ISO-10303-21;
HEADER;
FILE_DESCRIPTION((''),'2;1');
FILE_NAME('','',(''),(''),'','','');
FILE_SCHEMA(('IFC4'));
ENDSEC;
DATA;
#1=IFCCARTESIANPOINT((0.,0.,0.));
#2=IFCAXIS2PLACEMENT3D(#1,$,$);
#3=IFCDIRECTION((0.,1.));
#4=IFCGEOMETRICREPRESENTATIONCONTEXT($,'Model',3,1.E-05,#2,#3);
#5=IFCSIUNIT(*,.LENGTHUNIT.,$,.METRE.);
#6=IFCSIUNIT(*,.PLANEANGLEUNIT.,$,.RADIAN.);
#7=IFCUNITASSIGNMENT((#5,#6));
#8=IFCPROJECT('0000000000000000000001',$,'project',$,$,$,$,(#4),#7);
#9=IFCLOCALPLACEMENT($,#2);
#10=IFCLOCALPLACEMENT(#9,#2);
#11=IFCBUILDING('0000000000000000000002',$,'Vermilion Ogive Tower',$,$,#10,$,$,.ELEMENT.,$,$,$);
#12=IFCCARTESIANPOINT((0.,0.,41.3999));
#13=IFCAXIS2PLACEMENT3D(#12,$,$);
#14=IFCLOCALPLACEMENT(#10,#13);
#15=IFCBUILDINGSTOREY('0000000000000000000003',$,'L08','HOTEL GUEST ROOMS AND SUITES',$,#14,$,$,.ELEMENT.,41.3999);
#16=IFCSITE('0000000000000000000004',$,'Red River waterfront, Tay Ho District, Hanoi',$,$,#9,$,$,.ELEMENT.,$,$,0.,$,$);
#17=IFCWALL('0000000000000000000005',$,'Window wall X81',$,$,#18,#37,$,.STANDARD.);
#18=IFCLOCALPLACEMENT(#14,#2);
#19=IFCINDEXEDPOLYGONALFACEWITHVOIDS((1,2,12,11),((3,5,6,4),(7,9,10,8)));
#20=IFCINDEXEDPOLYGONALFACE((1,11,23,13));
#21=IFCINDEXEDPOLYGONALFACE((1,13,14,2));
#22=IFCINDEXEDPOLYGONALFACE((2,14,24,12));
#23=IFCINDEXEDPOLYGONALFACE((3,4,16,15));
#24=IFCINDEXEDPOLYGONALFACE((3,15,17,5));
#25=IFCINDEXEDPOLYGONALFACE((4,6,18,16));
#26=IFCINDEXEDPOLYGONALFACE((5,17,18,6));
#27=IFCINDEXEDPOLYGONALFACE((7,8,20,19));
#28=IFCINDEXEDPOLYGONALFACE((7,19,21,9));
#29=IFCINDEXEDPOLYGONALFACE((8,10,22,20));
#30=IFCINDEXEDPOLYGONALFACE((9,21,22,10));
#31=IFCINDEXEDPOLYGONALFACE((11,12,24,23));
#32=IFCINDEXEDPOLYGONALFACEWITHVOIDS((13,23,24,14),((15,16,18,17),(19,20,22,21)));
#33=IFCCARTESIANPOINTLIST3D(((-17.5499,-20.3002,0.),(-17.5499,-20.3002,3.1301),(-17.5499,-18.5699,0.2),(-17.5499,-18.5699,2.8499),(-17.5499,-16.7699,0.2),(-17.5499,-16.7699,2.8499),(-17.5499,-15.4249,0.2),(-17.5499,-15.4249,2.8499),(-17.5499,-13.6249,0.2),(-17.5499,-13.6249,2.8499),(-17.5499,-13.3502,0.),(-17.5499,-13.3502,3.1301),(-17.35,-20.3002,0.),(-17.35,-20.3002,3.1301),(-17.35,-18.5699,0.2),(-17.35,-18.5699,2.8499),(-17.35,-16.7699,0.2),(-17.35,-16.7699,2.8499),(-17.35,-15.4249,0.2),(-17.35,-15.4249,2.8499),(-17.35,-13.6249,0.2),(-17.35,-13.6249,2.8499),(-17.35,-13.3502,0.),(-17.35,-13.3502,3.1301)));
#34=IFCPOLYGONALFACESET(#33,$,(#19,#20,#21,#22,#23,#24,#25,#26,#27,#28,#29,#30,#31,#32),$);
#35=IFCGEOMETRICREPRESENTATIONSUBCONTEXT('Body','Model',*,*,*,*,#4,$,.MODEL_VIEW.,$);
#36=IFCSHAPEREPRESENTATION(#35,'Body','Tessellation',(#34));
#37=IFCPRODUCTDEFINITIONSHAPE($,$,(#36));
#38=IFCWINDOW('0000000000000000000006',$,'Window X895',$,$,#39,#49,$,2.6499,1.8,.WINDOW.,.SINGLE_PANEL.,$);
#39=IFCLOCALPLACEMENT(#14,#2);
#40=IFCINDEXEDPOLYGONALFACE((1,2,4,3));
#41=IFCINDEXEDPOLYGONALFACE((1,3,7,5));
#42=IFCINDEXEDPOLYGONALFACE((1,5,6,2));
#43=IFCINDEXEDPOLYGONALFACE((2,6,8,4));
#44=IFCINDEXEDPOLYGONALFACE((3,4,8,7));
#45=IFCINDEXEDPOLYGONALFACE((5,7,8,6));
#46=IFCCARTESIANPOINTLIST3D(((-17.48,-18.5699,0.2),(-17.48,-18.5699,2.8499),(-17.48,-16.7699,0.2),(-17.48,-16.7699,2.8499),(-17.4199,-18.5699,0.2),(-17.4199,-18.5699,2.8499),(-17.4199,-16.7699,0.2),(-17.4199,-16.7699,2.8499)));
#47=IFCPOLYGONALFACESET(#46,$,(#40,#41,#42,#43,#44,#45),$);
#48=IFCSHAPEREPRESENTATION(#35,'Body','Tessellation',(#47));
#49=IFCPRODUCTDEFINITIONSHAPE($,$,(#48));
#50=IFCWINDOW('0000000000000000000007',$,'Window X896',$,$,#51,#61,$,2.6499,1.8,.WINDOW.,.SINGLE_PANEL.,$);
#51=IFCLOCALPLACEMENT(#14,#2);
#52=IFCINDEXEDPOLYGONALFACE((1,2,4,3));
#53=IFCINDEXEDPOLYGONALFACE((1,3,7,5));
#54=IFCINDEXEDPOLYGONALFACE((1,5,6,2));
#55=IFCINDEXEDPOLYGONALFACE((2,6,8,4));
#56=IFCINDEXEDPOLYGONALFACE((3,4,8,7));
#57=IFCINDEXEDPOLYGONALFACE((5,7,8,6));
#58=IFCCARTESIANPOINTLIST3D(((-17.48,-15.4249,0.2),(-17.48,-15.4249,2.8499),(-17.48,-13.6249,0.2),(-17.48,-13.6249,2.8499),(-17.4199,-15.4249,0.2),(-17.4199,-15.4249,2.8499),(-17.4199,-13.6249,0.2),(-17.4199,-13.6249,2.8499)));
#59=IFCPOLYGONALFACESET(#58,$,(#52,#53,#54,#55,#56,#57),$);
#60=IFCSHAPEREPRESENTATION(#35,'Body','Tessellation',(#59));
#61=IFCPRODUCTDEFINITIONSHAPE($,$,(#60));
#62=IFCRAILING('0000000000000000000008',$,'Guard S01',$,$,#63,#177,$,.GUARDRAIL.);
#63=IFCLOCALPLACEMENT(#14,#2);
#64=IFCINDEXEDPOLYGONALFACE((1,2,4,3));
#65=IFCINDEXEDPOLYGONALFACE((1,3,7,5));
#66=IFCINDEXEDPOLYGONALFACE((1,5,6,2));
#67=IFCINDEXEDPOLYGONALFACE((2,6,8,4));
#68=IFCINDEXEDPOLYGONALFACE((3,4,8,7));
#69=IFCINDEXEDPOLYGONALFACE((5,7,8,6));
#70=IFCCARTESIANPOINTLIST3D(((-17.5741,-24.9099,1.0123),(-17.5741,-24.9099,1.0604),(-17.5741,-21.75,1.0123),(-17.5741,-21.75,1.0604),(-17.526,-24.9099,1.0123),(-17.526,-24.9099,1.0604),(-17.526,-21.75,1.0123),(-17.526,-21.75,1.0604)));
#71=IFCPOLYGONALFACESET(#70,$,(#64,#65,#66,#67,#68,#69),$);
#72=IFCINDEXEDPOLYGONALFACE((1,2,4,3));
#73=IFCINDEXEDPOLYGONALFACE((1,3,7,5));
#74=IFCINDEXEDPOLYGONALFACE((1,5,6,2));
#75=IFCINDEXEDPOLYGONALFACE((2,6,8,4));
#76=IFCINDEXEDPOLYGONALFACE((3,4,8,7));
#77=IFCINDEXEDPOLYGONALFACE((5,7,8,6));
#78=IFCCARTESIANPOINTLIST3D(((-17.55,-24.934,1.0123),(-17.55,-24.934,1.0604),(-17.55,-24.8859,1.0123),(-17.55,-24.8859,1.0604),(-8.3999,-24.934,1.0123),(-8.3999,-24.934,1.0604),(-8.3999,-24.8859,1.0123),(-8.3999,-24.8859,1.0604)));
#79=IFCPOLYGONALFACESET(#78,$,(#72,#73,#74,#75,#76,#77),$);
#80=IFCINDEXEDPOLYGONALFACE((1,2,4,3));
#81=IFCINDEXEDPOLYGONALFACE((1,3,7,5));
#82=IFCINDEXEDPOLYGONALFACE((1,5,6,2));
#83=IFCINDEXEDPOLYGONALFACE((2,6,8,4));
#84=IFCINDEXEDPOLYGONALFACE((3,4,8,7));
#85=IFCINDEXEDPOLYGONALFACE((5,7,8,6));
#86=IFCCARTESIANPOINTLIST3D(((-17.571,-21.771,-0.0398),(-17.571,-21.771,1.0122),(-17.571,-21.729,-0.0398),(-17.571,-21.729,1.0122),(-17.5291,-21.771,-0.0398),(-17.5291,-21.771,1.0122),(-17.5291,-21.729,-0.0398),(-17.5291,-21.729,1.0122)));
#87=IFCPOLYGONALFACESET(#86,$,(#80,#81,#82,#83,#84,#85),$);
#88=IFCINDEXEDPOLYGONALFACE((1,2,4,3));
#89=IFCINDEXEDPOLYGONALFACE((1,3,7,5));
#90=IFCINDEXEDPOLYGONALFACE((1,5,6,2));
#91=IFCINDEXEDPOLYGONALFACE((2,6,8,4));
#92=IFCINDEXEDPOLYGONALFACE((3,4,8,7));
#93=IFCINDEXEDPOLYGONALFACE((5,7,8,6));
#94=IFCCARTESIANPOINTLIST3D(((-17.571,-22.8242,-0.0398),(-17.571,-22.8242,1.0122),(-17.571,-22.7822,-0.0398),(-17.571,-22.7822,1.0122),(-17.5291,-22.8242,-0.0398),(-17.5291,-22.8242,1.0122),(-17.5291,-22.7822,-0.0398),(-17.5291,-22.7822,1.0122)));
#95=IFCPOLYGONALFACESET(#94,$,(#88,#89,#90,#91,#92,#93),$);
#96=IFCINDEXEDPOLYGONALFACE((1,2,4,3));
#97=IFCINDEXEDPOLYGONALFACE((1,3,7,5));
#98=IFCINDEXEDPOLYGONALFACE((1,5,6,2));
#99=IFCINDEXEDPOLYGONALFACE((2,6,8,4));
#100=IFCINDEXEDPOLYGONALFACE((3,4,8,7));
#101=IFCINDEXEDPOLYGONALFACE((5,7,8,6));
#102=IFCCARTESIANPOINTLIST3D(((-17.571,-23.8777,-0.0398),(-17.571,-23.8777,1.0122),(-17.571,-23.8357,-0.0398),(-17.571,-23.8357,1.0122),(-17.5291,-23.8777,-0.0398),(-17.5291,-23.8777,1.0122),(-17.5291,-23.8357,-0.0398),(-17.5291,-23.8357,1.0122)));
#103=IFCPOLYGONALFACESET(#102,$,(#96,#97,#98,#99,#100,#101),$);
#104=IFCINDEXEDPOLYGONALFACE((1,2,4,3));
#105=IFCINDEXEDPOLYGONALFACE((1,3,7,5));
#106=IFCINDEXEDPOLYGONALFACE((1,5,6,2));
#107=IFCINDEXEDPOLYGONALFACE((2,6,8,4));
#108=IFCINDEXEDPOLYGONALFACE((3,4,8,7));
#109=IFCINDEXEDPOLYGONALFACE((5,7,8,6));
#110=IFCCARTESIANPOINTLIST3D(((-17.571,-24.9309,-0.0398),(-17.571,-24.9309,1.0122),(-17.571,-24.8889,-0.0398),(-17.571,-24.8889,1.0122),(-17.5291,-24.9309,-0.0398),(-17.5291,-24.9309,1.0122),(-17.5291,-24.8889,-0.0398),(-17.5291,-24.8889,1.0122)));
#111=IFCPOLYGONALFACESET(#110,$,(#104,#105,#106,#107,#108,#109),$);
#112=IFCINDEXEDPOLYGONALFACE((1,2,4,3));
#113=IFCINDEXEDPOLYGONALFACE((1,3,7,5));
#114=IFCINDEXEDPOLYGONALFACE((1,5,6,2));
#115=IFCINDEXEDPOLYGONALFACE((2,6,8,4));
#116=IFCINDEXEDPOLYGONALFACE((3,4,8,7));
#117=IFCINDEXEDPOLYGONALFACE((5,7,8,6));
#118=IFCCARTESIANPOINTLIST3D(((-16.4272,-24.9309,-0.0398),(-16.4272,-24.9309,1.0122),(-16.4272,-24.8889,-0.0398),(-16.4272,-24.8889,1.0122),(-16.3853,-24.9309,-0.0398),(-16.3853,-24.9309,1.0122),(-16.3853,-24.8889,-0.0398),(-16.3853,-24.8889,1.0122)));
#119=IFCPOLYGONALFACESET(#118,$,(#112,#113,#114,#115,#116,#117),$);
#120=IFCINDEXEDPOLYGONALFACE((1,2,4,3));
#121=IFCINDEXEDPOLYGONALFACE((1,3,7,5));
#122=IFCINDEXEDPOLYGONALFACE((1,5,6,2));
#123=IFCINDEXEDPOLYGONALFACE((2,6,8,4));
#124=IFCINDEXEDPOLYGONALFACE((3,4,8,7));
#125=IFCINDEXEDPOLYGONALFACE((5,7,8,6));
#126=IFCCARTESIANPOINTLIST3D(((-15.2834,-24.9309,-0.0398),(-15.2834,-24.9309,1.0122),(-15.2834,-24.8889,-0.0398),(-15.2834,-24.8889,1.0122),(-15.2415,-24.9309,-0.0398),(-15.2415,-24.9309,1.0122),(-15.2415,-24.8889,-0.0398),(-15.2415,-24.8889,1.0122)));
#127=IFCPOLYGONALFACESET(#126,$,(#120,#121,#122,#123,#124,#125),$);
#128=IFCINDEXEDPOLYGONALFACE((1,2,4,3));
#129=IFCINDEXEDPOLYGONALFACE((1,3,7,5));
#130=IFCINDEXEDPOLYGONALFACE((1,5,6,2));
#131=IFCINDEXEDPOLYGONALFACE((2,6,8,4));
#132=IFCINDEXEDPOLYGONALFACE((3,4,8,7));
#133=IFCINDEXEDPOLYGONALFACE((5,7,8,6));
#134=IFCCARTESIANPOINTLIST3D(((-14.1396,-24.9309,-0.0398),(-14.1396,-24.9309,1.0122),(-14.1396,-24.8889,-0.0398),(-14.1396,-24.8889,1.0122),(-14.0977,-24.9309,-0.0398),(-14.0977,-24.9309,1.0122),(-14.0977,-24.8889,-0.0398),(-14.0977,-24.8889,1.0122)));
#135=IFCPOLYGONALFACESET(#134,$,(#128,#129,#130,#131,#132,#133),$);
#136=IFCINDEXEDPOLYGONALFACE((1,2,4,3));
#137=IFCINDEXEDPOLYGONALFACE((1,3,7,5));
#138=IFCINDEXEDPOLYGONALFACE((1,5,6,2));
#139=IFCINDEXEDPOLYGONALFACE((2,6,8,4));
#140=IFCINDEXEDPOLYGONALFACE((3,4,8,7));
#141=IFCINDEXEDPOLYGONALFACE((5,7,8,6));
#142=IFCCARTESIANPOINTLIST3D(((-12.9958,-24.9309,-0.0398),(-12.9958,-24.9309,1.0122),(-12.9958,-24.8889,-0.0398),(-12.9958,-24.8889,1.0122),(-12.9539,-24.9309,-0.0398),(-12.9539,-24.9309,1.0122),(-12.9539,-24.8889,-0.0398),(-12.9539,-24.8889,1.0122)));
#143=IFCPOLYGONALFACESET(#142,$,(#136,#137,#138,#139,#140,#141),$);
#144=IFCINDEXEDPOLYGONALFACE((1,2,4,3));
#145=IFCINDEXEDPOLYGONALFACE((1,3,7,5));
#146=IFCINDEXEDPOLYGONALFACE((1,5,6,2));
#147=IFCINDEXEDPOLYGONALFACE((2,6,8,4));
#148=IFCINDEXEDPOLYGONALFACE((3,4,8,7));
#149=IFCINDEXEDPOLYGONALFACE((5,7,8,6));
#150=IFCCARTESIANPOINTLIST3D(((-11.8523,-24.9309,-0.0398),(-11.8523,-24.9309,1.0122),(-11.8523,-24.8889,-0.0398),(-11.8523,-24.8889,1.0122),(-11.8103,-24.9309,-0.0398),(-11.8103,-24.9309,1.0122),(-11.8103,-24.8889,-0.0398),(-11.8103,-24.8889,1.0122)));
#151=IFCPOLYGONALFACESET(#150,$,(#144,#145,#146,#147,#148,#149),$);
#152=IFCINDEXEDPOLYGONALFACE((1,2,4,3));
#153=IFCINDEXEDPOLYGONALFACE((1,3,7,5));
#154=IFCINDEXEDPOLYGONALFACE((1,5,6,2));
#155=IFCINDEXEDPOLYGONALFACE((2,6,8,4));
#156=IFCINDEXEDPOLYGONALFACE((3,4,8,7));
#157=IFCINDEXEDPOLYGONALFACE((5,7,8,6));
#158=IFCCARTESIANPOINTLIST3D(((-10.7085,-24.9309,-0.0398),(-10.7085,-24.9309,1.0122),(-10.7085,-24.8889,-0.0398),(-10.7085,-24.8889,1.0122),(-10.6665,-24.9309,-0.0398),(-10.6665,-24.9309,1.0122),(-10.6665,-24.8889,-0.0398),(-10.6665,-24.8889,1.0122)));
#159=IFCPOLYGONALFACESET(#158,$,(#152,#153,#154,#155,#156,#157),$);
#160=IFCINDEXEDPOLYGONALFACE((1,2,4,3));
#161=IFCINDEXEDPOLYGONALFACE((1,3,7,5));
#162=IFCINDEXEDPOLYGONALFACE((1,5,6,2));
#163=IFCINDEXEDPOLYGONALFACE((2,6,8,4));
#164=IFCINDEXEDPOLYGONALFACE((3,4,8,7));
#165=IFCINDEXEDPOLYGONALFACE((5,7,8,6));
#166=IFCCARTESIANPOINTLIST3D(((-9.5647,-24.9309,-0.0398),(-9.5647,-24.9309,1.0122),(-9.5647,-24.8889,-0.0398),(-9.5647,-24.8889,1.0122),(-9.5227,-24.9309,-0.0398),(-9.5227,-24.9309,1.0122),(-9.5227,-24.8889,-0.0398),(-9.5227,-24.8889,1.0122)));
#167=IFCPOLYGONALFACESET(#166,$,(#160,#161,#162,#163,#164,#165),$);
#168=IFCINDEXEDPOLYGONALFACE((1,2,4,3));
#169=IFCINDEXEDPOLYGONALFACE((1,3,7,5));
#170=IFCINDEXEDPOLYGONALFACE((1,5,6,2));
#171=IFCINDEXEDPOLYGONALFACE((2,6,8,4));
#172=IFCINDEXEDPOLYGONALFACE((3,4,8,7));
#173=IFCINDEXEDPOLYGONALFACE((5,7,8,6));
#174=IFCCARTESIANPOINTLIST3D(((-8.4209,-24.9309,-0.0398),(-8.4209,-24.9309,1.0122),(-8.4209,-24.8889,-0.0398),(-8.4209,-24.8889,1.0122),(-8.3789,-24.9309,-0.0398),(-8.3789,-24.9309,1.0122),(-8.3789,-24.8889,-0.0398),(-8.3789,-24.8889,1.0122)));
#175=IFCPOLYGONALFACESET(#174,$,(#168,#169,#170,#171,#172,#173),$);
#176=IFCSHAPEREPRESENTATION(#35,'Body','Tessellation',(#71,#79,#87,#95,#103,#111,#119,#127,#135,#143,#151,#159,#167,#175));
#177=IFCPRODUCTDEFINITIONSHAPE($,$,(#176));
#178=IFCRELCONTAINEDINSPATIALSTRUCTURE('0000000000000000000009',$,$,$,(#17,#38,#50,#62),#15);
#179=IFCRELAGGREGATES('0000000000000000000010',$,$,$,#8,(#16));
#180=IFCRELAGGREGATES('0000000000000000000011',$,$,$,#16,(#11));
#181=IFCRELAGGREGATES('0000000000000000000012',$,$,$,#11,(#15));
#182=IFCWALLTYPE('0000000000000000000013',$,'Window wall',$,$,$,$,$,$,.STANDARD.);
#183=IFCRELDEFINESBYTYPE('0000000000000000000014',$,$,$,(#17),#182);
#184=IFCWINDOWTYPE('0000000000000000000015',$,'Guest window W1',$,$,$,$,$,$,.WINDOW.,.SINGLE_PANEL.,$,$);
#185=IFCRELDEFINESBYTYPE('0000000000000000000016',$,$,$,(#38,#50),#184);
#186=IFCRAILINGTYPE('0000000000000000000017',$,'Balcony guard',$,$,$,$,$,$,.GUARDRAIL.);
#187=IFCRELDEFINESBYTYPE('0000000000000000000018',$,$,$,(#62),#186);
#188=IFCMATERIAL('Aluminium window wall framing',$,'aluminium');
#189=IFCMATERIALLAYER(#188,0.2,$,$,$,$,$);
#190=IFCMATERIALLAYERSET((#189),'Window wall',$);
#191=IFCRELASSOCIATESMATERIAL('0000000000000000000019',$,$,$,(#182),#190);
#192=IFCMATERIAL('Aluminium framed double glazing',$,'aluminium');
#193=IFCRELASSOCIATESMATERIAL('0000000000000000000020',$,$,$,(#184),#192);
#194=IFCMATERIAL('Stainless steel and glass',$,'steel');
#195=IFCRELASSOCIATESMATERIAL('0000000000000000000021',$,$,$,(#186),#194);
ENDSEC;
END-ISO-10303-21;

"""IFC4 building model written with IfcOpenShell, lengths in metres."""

from ifc_helpers import new_model, si_unit, direction, frame, frame_2d, origin, origin_2d, place, context, subcontext, project, spatial, rectangle, extrude, material, layer, layer_set, type_object, element, fill, save


model = new_model("IFC4")

# Units and contexts
model_context = context("Model", 3, precision=1e-05, world=origin(), true_north=direction((0.0, 1.0)))
body_context = subcontext(model_context, "Body", "Model", "MODEL_VIEW")
ifc_project = project(units=[si_unit("LENGTHUNIT", "METRE"), si_unit("PLANEANGLEUNIT", "RADIAN")], contexts=[model_context])

# Site, building, storey
site_placement = place(None, origin())
site = spatial("IfcSite", under=ifc_project, at=site_placement, Name="Red River waterfront, Tay Ho District, Hanoi", CompositionType="ELEMENT", RefElevation=0.0)
building_placement = place(site_placement, origin())
building = spatial("IfcBuilding", under=site, at=building_placement, Name="Vermilion Ogive Tower", CompositionType="ELEMENT")
storey_placement = place(building_placement, frame((0.0, 0.0, 41.3999)))
storey = spatial("IfcBuildingStorey", under=building, at=storey_placement, Name="L08", Description="HOTEL GUEST ROOMS AND SUITES", CompositionType="ELEMENT", Elevation=41.3999)

# Shared definitions
ifc_material_1 = material(Name="Aluminium window wall framing", Category="aluminium")
ifc_layer_1 = layer(ifc_material_1, 0.2)
ifc_layer_set_1 = layer_set([ifc_layer_1], Name="Window wall")
wall_type_1 = type_object("IfcWallType", Name="Window wall", PredefinedType="STANDARD", material=ifc_layer_set_1)
ifc_material_2 = material(Name="Aluminium framed double glazing", Category="aluminium")
window_type = type_object("IfcWindowType", Name="Guest window W1", PartitioningType="SINGLE_PANEL", PredefinedType="WINDOW", material=ifc_material_2)

# Wall, openings, windows
wall_1_placement = place(storey_placement, frame((-17.45, -13.3501, 0.0), z_axis=(0.0, 0.0, 1.0), x_axis=(0.0, -1.0, 0.0)))
wall_1 = element("IfcWall", 1, at=wall_1_placement, inside=storey, type_object=wall_type_1, Name="Window wall X81", PredefinedType="STANDARD", context=body_context, shape_type="SweptSolid", body=[
    extrude(rectangle(XDim=6.95, YDim=0.2, at=frame_2d((3.4751, 0.0))), origin(), (0.0, 0.0, 1.0), 3.1301),
])
opening_1_placement = place(wall_1_placement, frame((3.4199, 0.0, 0.2)))
opening_1 = element("IfcOpeningElement", 2, at=opening_1_placement, cuts=wall_1, PredefinedType="OPENING", context=body_context, shape_type="SweptSolid", body=[
    extrude(rectangle(XDim=1.8, YDim=2.6499, at=frame_2d((0.8999, 1.325))), frame((0.0, 0.1099, 0.0), z_axis=(0.0, -1.0, 0.0), x_axis=(1.0, 0.0, 0.0)), (0.0, 0.0, 1.0), 0.22),
])
opening_2_placement = place(wall_1_placement, frame((0.2749, 0.0, 0.2)))
opening_2 = element("IfcOpeningElement", 3, at=opening_2_placement, cuts=wall_1, PredefinedType="OPENING", context=body_context, shape_type="SweptSolid", body=[
    extrude(rectangle(XDim=1.8, YDim=2.6499, at=frame_2d((0.8999, 1.325))), frame((0.0, 0.1099, 0.0), z_axis=(0.0, -1.0, 0.0), x_axis=(1.0, 0.0, 0.0)), (0.0, 0.0, 1.0), 0.22),
])
window_1_placement = place(opening_1_placement, origin())
window_1 = element("IfcWindow", 4, at=window_1_placement, inside=storey, type_object=window_type, Name="Window X895", OverallHeight=2.6499, OverallWidth=1.8, PartitioningType="SINGLE_PANEL", PredefinedType="WINDOW", context=body_context, shape_type="SweptSolid", body=[
    extrude(rectangle(XDim=1.8, YDim=2.6499, at=frame_2d((0.8999, 1.325))), frame((0.0, 0.03, 0.0), z_axis=(0.0, -1.0, 0.0), x_axis=(1.0, 0.0, 0.0)), (0.0, 0.0, 1.0), 0.0601),
])
fill(opening_1, window_1)
window_2_placement = place(opening_2_placement, origin())
window_2 = element("IfcWindow", 5, at=window_2_placement, inside=storey, type_object=window_type, Name="Window X896", OverallHeight=2.6499, OverallWidth=1.8, PartitioningType="SINGLE_PANEL", PredefinedType="WINDOW", context=body_context, shape_type="SweptSolid", body=[
    extrude(rectangle(XDim=1.8, YDim=2.6499, at=frame_2d((0.8999, 1.325))), frame((0.0, 0.03, 0.0), z_axis=(0.0, -1.0, 0.0), x_axis=(1.0, 0.0, 0.0)), (0.0, 0.0, 1.0), 0.0601),
])
fill(opening_2, window_2)

# Railing
ifc_material_3 = material(Name="Stainless steel and glass", Category="steel")
railing_type = type_object("IfcRailingType", Name="Balcony guard", PredefinedType="GUARDRAIL", material=ifc_material_3)
railing_placement = place(storey_placement, frame((-17.55, -21.75, -0.0398)))
element("IfcRailing", 6, at=railing_placement, inside=storey, type_object=railing_type, Name="Guard S01", PredefinedType="GUARDRAIL", context=body_context, shape_type="SweptSolid", body=[
    extrude(rectangle(XDim=0.0481, YDim=0.0481, at=origin_2d()), frame((0.0, 0.0, 1.0762), z_axis=(0.0, -1.0, 0.0), x_axis=(1.0, 0.0, 0.0)), (0.0, 0.0, 1.0), 3.1599),
    extrude(rectangle(XDim=0.0481, YDim=0.0481, at=origin_2d()), frame((0.0, -3.1599, 1.0762), z_axis=(1.0, 0.0, 0.0), x_axis=(0.0, 1.0, 0.0)), (0.0, 0.0, 1.0), 9.1501),
    extrude(rectangle(XDim=0.042, YDim=0.042, at=origin_2d()), origin(), (0.0, 0.0, 1.0), 1.052),
    extrude(rectangle(XDim=0.042, YDim=0.042, at=origin_2d()), frame((0.0, -1.0532, 0.0)), (0.0, 0.0, 1.0), 1.052),
    extrude(rectangle(XDim=0.042, YDim=0.042, at=origin_2d()), frame((0.0, -2.1067, 0.0)), (0.0, 0.0, 1.0), 1.052),
    extrude(rectangle(XDim=0.042, YDim=0.042, at=origin_2d()), frame((0.0, -3.1599, 0.0)), (0.0, 0.0, 1.0), 1.052),
    extrude(rectangle(XDim=0.042, YDim=0.042, at=origin_2d()), frame((1.1438, -3.1599, 0.0)), (0.0, 0.0, 1.0), 1.052),
    extrude(rectangle(XDim=0.042, YDim=0.042, at=origin_2d()), frame((2.2876, -3.1599, 0.0)), (0.0, 0.0, 1.0), 1.052),
    extrude(rectangle(XDim=0.042, YDim=0.042, at=origin_2d()), frame((3.4314, -3.1599, 0.0)), (0.0, 0.0, 1.0), 1.052),
    extrude(rectangle(XDim=0.042, YDim=0.042, at=origin_2d()), frame((4.5752, -3.1599, 0.0)), (0.0, 0.0, 1.0), 1.052),
    extrude(rectangle(XDim=0.042, YDim=0.042, at=origin_2d()), frame((5.7188, -3.1599, 0.0)), (0.0, 0.0, 1.0), 1.052),
    extrude(rectangle(XDim=0.042, YDim=0.042, at=origin_2d()), frame((6.8625, -3.1599, 0.0)), (0.0, 0.0, 1.0), 1.052),
    extrude(rectangle(XDim=0.042, YDim=0.042, at=origin_2d()), frame((8.0063, -3.1599, 0.0)), (0.0, 0.0, 1.0), 1.052),
    extrude(rectangle(XDim=0.042, YDim=0.042, at=origin_2d()), frame((9.1501, -3.1599, 0.0)), (0.0, 0.0, 1.0), 1.052),
])

save(model, "model.ifc")
